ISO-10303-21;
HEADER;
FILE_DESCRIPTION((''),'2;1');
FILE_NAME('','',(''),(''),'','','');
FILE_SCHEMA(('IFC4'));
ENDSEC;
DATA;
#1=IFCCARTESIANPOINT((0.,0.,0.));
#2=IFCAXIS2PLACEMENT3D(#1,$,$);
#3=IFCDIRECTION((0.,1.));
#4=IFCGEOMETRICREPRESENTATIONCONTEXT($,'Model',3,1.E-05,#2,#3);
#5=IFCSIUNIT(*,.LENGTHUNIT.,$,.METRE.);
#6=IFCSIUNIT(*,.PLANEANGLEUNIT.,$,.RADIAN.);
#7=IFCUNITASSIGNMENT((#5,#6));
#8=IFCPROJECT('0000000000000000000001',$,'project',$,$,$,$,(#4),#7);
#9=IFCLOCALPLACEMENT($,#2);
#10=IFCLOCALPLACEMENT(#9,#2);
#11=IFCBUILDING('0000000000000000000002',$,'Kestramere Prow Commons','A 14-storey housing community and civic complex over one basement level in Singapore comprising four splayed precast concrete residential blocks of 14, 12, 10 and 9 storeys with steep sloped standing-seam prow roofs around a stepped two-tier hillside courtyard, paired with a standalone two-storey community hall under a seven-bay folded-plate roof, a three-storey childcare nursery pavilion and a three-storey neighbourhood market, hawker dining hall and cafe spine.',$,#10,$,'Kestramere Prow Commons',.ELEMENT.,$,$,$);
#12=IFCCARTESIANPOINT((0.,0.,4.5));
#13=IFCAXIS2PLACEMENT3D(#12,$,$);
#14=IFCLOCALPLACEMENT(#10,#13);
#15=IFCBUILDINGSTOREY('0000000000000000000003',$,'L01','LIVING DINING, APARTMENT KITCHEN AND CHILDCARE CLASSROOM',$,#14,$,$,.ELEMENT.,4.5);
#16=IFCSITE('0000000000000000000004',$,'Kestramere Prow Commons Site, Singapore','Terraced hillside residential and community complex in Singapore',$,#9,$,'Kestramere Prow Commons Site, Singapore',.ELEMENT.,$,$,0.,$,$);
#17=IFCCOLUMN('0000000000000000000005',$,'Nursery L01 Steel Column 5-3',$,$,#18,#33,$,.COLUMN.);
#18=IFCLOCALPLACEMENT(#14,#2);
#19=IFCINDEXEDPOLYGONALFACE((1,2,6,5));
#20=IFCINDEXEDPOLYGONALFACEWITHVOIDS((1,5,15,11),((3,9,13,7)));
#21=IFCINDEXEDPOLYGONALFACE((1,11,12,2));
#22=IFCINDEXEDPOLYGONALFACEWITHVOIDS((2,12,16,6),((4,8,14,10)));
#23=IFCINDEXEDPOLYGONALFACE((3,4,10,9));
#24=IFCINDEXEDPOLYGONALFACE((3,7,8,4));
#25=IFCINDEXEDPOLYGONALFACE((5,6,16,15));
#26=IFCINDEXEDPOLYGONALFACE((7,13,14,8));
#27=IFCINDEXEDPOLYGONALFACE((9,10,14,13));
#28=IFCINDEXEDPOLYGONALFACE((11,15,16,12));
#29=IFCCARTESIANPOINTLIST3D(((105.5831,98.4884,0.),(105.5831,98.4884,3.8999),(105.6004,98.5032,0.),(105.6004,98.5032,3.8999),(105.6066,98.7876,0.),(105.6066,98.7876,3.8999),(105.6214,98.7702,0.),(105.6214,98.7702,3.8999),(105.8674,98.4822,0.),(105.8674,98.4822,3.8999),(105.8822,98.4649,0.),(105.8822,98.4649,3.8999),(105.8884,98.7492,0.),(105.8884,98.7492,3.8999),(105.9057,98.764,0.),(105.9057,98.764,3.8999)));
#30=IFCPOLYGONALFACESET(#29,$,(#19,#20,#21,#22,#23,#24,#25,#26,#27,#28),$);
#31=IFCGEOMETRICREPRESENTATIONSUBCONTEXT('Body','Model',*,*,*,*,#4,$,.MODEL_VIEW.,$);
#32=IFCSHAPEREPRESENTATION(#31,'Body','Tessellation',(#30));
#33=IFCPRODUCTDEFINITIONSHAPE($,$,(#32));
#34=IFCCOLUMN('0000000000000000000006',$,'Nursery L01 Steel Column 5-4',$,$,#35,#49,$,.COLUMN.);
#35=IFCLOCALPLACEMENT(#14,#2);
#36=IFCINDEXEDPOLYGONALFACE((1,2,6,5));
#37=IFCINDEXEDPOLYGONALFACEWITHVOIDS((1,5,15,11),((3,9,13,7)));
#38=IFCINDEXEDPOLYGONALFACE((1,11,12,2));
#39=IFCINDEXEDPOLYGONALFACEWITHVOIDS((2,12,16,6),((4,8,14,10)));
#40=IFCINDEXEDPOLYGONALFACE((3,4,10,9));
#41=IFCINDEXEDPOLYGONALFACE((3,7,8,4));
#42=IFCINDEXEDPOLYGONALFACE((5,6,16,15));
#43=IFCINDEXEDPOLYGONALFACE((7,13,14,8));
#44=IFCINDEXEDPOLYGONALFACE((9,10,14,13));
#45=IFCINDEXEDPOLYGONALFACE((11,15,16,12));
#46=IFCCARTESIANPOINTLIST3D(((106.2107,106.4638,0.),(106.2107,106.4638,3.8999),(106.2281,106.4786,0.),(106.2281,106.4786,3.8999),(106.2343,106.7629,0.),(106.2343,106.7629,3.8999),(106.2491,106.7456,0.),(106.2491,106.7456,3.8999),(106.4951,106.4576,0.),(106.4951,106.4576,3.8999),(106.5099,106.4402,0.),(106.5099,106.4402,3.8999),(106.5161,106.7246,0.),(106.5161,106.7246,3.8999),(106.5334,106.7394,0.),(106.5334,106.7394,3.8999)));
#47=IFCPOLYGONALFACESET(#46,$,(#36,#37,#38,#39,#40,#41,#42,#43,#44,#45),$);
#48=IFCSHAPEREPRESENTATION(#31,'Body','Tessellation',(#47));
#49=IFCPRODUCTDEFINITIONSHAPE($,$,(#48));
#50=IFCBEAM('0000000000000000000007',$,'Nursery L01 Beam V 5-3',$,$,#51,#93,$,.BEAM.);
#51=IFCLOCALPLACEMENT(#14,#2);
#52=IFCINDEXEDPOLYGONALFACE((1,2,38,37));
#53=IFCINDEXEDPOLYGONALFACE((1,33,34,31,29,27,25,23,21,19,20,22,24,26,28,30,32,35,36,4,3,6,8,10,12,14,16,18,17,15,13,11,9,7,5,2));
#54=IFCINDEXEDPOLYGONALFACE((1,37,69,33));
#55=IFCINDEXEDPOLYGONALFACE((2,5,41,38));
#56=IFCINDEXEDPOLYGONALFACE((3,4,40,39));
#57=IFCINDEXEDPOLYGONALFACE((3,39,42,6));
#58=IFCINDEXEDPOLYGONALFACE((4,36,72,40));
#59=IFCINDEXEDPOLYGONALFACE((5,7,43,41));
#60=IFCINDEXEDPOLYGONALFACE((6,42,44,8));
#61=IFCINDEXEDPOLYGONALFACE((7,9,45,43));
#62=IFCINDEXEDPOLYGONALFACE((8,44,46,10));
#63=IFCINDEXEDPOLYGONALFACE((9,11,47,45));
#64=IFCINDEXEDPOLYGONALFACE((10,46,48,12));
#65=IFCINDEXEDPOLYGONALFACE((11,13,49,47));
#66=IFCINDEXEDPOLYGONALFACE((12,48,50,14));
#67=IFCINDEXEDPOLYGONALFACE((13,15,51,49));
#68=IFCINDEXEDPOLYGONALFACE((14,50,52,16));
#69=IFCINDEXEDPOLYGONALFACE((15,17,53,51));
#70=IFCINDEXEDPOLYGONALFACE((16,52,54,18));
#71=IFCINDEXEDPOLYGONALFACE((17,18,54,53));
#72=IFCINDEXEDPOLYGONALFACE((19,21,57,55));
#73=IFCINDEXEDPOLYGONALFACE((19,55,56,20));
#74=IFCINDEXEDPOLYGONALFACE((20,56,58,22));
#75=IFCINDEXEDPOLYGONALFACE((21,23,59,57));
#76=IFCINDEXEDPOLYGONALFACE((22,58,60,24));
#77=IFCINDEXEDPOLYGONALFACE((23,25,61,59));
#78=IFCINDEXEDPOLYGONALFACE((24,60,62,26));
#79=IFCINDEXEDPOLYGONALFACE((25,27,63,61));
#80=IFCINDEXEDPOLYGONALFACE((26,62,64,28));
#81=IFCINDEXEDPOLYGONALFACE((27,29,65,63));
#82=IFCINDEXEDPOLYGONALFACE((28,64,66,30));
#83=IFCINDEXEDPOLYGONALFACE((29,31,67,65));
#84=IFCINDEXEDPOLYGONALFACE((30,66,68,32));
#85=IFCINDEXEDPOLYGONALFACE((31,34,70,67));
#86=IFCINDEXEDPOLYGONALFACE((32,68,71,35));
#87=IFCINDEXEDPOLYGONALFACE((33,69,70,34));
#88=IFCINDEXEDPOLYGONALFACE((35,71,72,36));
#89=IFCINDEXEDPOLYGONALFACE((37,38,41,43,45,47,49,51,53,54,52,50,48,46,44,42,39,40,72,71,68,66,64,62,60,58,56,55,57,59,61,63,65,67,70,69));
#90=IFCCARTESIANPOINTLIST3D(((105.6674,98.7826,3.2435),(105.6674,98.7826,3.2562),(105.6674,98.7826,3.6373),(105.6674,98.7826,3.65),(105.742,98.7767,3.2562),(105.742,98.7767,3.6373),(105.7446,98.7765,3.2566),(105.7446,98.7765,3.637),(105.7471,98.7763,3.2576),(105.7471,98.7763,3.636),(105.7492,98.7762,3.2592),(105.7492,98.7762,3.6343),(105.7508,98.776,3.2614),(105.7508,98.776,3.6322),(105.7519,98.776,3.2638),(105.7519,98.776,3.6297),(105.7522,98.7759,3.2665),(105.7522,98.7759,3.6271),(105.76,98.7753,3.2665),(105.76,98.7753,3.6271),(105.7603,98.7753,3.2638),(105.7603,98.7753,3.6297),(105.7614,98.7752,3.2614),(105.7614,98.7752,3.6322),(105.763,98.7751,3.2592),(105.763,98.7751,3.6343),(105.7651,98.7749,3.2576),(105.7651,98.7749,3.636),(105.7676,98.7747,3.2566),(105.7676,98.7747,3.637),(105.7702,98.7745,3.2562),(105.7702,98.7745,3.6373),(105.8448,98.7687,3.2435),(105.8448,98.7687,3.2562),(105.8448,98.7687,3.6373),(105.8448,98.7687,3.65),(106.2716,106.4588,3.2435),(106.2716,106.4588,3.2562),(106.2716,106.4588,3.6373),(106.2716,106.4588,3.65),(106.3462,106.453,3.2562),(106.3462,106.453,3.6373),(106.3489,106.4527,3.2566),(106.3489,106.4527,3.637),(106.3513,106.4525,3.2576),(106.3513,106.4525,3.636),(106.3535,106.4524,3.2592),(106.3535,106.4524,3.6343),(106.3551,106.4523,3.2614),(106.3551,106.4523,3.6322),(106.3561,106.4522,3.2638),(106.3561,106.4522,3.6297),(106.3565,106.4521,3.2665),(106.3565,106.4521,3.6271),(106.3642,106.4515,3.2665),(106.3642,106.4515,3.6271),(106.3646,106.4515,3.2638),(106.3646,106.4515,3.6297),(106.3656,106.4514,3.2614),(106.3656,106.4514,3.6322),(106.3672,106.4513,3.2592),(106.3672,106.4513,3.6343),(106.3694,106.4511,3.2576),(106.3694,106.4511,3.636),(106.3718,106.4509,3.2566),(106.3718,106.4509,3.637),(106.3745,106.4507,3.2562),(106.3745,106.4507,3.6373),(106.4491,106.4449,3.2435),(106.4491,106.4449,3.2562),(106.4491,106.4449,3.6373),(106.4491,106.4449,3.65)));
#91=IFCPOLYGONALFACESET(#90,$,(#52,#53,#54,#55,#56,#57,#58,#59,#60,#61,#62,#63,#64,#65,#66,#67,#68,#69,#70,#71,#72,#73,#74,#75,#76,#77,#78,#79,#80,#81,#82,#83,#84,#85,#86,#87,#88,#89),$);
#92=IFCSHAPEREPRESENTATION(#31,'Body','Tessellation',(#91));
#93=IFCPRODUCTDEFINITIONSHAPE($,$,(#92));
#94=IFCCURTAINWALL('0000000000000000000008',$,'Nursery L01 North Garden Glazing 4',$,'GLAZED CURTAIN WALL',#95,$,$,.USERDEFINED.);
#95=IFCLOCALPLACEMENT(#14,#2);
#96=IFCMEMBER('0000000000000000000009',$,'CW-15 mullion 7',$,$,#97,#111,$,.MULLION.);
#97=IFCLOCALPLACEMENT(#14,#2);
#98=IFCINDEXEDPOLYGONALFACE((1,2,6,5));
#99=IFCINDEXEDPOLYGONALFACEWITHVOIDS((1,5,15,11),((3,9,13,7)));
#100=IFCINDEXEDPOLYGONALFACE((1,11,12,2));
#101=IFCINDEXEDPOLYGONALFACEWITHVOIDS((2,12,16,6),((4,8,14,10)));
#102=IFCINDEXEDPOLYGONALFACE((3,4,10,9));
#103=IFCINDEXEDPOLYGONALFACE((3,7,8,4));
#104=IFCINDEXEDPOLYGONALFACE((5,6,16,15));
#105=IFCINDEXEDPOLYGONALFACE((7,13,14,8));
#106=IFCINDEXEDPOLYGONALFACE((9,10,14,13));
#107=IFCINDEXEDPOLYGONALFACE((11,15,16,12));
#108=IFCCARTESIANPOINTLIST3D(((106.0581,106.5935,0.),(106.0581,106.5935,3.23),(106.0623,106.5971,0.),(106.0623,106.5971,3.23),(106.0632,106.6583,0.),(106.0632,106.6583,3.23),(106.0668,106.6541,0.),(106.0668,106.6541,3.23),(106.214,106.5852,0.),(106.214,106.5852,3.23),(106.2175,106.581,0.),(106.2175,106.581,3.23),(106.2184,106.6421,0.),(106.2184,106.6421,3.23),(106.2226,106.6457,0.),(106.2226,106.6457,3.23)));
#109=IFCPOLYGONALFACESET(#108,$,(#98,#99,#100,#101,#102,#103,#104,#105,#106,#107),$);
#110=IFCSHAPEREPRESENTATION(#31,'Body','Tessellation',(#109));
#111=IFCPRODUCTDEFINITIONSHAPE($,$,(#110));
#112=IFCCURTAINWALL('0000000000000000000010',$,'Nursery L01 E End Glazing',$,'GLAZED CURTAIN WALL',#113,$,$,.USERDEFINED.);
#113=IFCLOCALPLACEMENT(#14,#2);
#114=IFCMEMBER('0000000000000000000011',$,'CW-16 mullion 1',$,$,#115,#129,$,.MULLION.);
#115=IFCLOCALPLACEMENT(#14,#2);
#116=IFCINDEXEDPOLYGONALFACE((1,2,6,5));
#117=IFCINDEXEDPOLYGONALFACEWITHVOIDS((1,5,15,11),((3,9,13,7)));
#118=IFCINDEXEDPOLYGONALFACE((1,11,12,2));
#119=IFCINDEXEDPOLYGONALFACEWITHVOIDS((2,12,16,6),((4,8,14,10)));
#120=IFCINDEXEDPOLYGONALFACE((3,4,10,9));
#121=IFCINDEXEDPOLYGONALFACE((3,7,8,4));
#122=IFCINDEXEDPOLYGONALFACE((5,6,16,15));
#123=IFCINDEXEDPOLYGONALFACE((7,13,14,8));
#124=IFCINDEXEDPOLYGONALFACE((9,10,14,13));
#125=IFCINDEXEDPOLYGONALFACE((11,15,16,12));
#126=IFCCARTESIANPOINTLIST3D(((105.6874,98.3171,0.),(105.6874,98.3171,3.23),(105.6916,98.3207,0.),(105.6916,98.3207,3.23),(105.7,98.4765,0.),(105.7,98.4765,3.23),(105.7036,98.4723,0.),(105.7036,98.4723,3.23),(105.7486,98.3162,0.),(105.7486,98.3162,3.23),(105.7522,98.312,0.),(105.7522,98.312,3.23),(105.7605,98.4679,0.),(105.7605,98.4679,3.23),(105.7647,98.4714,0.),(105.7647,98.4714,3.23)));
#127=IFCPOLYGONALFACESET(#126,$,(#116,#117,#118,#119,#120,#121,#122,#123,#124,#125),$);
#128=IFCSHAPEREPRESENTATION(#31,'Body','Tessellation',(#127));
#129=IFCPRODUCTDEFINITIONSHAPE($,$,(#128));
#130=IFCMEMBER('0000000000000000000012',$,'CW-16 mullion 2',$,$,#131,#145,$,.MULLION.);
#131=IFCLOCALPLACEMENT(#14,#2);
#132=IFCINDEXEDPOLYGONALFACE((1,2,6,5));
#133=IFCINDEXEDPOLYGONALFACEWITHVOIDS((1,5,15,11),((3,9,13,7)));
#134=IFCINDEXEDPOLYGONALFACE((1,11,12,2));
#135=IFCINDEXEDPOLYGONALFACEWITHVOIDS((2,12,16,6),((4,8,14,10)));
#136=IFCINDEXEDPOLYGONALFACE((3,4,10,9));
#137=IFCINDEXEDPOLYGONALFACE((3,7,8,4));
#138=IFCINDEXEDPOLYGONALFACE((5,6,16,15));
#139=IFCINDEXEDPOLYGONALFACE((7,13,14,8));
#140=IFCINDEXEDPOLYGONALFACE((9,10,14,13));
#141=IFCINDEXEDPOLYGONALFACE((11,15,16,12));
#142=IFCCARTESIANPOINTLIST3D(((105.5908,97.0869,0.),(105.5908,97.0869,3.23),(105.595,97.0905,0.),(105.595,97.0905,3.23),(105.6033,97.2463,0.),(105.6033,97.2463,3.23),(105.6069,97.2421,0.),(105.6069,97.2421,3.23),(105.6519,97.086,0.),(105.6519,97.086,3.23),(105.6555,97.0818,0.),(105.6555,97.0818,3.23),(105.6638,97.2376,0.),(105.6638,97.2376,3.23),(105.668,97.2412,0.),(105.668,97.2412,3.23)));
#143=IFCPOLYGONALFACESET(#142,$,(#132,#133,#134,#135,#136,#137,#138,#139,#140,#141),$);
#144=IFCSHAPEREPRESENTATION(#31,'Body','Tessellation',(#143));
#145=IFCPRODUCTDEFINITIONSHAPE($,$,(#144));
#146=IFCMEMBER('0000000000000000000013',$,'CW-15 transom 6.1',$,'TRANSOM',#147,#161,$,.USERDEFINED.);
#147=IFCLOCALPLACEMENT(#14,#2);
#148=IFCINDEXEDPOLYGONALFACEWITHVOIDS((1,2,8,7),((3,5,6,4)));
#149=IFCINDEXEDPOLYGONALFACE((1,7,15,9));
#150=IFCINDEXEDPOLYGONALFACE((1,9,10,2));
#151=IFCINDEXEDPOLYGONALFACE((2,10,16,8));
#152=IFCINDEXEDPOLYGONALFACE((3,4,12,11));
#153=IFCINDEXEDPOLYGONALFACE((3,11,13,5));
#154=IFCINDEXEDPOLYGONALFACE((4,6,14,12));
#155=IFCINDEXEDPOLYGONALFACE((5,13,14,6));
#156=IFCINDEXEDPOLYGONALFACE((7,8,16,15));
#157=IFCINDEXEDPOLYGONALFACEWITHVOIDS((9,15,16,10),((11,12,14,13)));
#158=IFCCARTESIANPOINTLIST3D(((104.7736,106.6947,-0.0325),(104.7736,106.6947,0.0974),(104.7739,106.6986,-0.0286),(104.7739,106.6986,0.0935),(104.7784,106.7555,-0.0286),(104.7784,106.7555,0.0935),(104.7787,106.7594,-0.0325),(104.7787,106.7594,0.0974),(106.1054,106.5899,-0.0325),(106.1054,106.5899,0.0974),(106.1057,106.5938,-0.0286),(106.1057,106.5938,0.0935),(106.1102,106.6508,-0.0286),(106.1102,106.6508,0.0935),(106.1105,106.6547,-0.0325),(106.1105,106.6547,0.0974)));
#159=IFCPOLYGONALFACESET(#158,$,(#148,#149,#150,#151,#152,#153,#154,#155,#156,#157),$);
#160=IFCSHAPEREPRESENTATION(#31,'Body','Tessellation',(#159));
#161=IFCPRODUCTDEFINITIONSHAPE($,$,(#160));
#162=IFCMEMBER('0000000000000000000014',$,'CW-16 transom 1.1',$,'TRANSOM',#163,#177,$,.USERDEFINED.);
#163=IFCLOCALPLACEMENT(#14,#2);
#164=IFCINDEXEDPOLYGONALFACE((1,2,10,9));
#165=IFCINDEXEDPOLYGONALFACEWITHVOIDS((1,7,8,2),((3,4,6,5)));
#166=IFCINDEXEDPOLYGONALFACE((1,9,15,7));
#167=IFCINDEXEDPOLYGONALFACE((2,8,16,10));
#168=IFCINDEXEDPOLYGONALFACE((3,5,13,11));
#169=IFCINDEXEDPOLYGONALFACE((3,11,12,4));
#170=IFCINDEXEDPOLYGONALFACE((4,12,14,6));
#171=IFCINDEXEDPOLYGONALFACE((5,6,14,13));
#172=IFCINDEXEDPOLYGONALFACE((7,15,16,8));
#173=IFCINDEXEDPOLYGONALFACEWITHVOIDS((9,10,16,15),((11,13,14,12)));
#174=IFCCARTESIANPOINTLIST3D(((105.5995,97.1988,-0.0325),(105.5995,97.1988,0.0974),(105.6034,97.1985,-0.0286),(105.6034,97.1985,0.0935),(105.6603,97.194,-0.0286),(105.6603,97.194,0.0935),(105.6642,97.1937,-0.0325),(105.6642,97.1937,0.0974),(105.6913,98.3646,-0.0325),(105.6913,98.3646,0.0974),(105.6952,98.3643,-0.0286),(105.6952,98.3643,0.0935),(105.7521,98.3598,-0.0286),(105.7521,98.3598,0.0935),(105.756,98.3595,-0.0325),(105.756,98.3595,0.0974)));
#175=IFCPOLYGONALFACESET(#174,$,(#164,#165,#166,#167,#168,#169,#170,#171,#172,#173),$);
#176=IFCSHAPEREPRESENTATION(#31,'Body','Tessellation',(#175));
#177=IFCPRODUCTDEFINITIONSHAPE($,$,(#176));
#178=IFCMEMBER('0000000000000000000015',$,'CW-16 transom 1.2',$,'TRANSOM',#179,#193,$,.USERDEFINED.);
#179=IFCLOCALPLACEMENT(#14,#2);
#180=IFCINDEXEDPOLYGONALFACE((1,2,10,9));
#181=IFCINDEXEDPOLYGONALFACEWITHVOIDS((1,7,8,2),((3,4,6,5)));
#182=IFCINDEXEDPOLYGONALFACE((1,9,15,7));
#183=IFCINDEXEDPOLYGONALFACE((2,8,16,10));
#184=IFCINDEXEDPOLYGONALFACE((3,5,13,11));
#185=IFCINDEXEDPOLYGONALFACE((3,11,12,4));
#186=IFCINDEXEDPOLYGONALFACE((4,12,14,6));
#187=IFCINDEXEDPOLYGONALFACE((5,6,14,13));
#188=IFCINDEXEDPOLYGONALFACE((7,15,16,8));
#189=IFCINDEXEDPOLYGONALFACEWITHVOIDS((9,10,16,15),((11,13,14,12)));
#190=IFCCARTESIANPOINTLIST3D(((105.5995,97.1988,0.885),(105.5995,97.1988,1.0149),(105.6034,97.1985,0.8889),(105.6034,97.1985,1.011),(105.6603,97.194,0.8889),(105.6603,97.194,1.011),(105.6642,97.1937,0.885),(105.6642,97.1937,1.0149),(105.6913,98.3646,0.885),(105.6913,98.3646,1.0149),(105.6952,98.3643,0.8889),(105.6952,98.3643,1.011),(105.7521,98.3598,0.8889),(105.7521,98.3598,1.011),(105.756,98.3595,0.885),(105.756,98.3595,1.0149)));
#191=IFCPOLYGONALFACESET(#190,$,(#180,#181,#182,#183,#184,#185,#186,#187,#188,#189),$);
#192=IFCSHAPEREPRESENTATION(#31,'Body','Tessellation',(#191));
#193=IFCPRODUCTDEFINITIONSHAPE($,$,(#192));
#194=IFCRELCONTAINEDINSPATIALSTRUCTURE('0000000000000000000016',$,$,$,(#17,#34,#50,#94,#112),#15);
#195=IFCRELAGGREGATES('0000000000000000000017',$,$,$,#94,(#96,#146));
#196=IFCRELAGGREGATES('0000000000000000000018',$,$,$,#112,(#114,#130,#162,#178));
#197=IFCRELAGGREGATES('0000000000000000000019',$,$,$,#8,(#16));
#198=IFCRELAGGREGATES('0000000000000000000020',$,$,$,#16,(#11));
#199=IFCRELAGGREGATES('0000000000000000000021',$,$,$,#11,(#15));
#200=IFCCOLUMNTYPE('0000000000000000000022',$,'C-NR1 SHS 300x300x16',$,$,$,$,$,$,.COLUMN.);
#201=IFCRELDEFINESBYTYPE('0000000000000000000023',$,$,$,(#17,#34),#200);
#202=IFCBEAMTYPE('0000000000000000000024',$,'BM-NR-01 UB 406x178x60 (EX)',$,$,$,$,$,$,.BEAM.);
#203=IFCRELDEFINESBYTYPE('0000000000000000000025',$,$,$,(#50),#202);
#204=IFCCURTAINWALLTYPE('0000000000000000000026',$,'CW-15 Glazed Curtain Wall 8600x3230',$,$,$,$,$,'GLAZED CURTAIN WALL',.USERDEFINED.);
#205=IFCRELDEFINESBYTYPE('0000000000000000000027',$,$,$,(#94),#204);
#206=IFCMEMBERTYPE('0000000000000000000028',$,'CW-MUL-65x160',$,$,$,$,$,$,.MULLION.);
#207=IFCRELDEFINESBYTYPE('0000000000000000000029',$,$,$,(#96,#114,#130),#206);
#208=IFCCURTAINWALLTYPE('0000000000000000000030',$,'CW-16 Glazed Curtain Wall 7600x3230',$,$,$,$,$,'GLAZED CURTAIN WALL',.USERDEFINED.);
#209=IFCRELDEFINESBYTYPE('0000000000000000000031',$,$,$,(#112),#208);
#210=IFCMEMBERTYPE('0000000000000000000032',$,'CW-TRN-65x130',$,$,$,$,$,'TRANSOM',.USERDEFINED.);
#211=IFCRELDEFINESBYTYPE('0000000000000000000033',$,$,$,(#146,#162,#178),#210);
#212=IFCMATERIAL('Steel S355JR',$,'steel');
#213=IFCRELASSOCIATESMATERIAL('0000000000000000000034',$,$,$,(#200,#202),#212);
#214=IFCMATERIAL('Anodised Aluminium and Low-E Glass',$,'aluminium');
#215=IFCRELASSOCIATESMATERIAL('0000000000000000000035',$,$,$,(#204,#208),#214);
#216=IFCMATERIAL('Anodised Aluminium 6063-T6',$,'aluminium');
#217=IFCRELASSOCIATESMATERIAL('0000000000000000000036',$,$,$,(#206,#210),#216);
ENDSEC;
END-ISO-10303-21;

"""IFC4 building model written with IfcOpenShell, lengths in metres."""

from ifc_helpers import new_model, si_unit, direction, frame, origin, origin_2d, place, context, subcontext, project, spatial, hollow_rectangle, i_section, extrude, material, material_profile, profile_set, type_object, element, aggregate, save


model = new_model("IFC4")

# Units and contexts
model_context = context("Model", 3, precision=1e-05, world=origin(), true_north=direction((0.0, 1.0)))
body_context = subcontext(model_context, "Body", "Model", "MODEL_VIEW")
ifc_project = project(units=[si_unit("LENGTHUNIT", "METRE"), si_unit("PLANEANGLEUNIT", "RADIAN")], contexts=[model_context])

# Site, building, storey
site_placement = place(None, origin())
site = spatial("IfcSite", under=ifc_project, at=site_placement, Name="Kestramere Prow Commons Site, Singapore", Description="Terraced hillside residential and community complex in Singapore", LongName="Kestramere Prow Commons Site, Singapore", CompositionType="ELEMENT", RefElevation=0.0)
building_placement = place(site_placement, origin())
building = spatial("IfcBuilding", under=site, at=building_placement, Name="Kestramere Prow Commons", Description="A 14-storey housing community and civic complex over one basement level in Singapore comprising four splayed precast concrete residential blocks of 14, 12, 10 and 9 storeys with steep sloped standing-seam prow roofs around a stepped two-tier hillside courtyard, paired with a standalone two-storey community hall under a seven-bay folded-plate roof, a three-storey childcare nursery pavilion and a three-storey neighbourhood market, hawker dining hall and cafe spine.", LongName="Kestramere Prow Commons", CompositionType="ELEMENT")
storey_placement = place(building_placement, frame((0.0, 0.0, 4.5)))
storey = spatial("IfcBuildingStorey", under=building, at=storey_placement, Name="L01", Description="LIVING DINING, APARTMENT KITCHEN AND CHILDCARE CLASSROOM", CompositionType="ELEMENT", Elevation=4.5)

# Columns
ifc_material_1 = material(Name="Steel S355JR", Category="steel")
ifc_material_profile_1 = material_profile(ifc_material_1, hollow_rectangle(XDim=0.3, YDim=0.3, WallThickness=0.0161, at=origin_2d()), Name="SHS 300x300x16")
ifc_profile_set_1 = profile_set([ifc_material_profile_1], Name="Steel S355JR")
column_type = type_object("IfcColumnType", Name="C-NR1 SHS 300x300x16", PredefinedType="COLUMN", material=ifc_profile_set_1)
for number, where, z_axis, x_axis, name in (
    (1, (105.7444, 98.6262, 0.0), (0.0, 0.0, 1.0), (0.996917, -0.078459, 0.0), "Nursery L01 Steel Column 5-3"),
    (2, (106.3721, 106.6016, 0.0), (0.0, 0.0, 1.0), (0.996917, -0.078459, 0.0), "Nursery L01 Steel Column 5-4"),
):
    element("IfcColumn", number, at=place(storey_placement, frame(where, z_axis=z_axis, x_axis=x_axis)), inside=storey, type_object=column_type, Name=name, PredefinedType="COLUMN", context=body_context, shape_type="SweptSolid", body=[
        extrude(hollow_rectangle(XDim=0.3, YDim=0.3, WallThickness=0.0161, at=origin_2d()), origin(), (0.0, 0.0, 1.0), 3.8999),
    ])

# Beam
ifc_material_profile_2 = material_profile(ifc_material_1, i_section(OverallWidth=0.178, OverallDepth=0.4065, WebThickness=0.0078, FlangeThickness=0.0127, FilletRadius=0.0103, at=origin_2d()), Name="UB 406x178x60")
ifc_profile_set_2 = profile_set([ifc_material_profile_2], Name="Steel S355JR")
beam_type = type_object("IfcBeamType", Name="BM-NR-01 UB 406x178x60 (EX)", PredefinedType="BEAM", material=ifc_profile_set_2)
beam_placement = place(storey_placement, frame((105.7561, 98.7756, 3.4468), z_axis=(0.078474, 0.996916, 0.0), x_axis=(-0.996916, 0.078474, 0.0)))
element("IfcBeam", 3, at=beam_placement, inside=storey, type_object=beam_type, Name="Nursery L01 Beam V 5-3", PredefinedType="BEAM", context=body_context, shape_type="SweptSolid", body=[
    extrude(i_section(OverallWidth=0.178, OverallDepth=0.4065, WebThickness=0.0078, FlangeThickness=0.0127, FilletRadius=0.0103, at=origin_2d()), origin(), (0.0, 0.0, 1.0), 7.7),
])

# Curtain wall, member
ifc_material_2 = material(Name="Anodised Aluminium and Low-E Glass", Category="aluminium")
curtain_wall_type_1 = type_object("IfcCurtainWallType", Name="CW-15 Glazed Curtain Wall 8600x3230", ElementType="GLAZED CURTAIN WALL", PredefinedType="USERDEFINED", material=ifc_material_2)
curtain_wall_1_placement = place(storey_placement, origin())
curtain_wall_1 = element("IfcCurtainWall", 4, at=curtain_wall_1_placement, inside=storey, type_object=curtain_wall_type_1, Name="Nursery L01 North Garden Glazing 4", ObjectType="GLAZED CURTAIN WALL", PredefinedType="USERDEFINED")
ifc_material_3 = material(Name="Anodised Aluminium 6063-T6", Category="aluminium")
ifc_material_profile_3 = material_profile(ifc_material_3, hollow_rectangle(XDim=0.0649, YDim=0.1599, WallThickness=0.0039, at=origin_2d()), Name="ALU-MUL 65x160")
ifc_profile_set_3 = profile_set([ifc_material_profile_3], Name="Anodised Aluminium 6063-T6")
member_type_1 = type_object("IfcMemberType", Name="CW-MUL-65x160", PredefinedType="MULLION", material=ifc_profile_set_3)
member_1_placement = place(storey_placement, frame((106.1404, 106.6196, 0.0), z_axis=(0.0, 0.0, 1.0), x_axis=(0.078459, 0.996917, 0.0)))
member_1 = element("IfcMember", 5, at=member_1_placement, type_object=member_type_1, Name="CW-15 mullion 7", PredefinedType="MULLION", context=body_context, shape_type="SweptSolid", body=[
    extrude(hollow_rectangle(XDim=0.0649, YDim=0.1599, WallThickness=0.0039, at=origin_2d()), origin(), (0.0, 0.0, 1.0), 3.23),
])

# Curtain wall, members
curtain_wall_type_2 = type_object("IfcCurtainWallType", Name="CW-16 Glazed Curtain Wall 7600x3230", ElementType="GLAZED CURTAIN WALL", PredefinedType="USERDEFINED", material=ifc_material_2)
curtain_wall_2_placement = place(storey_placement, origin())
curtain_wall_2 = element("IfcCurtainWall", 6, at=curtain_wall_2_placement, inside=storey, type_object=curtain_wall_type_2, Name="Nursery L01 E End Glazing", ObjectType="GLAZED CURTAIN WALL", PredefinedType="USERDEFINED")
member_2_placement = place(storey_placement, frame((105.7261, 98.3943, 0.0), z_axis=(0.0, 0.0, 1.0), x_axis=(0.996917, -0.078459, 0.0)))
member_2 = element("IfcMember", 7, at=member_2_placement, type_object=member_type_1, Name="CW-16 mullion 1", PredefinedType="MULLION", context=body_context, shape_type="SweptSolid", body=[
    extrude(hollow_rectangle(XDim=0.0649, YDim=0.1599, WallThickness=0.0039, at=origin_2d()), origin(), (0.0, 0.0, 1.0), 3.23),
])
member_3_placement = place(storey_placement, frame((105.6294, 97.1641, 0.0), z_axis=(0.0, 0.0, 1.0), x_axis=(0.996917, -0.078459, 0.0)))
member_3 = element("IfcMember", 8, at=member_3_placement, type_object=member_type_1, Name="CW-16 mullion 2", PredefinedType="MULLION", context=body_context, shape_type="SweptSolid", body=[
    extrude(hollow_rectangle(XDim=0.0649, YDim=0.1599, WallThickness=0.0039, at=origin_2d()), origin(), (0.0, 0.0, 1.0), 3.23),
])

# Members
ifc_material_profile_4 = material_profile(ifc_material_3, hollow_rectangle(XDim=0.0649, YDim=0.1299, WallThickness=0.0039, at=origin_2d()), Name="ALU-TRN 65x130")
ifc_profile_set_4 = profile_set([ifc_material_profile_4], Name="Anodised Aluminium 6063-T6")
member_type_2 = type_object("IfcMemberType", Name="CW-TRN-65x130", ElementType="TRANSOM", PredefinedType="USERDEFINED", material=ifc_profile_set_4)
member_4_placement = place(storey_placement, frame((104.7761, 106.7271, 0.0325), z_axis=(0.996922, -0.078401, 0.0), x_axis=(0.078401, 0.996922, 0.0)))
member_4 = element("IfcMember", 9, at=member_4_placement, type_object=member_type_2, Name="CW-15 transom 6.1", ObjectType="TRANSOM", PredefinedType="USERDEFINED", context=body_context, shape_type="SweptSolid", body=[
    extrude(hollow_rectangle(XDim=0.0649, YDim=0.1299, WallThickness=0.0039, at=origin_2d()), origin(), (0.0, 0.0, 1.0), 1.3359),
])
member_5_placement = place(storey_placement, frame((105.7236, 98.3621, 0.0325), z_axis=(-0.0785, -0.996914, 0.0), x_axis=(0.996914, -0.0785, 0.0)))
member_5 = element("IfcMember", 10, at=member_5_placement, type_object=member_type_2, Name="CW-16 transom 1.1", ObjectType="TRANSOM", PredefinedType="USERDEFINED", context=body_context, shape_type="SweptSolid", body=[
    extrude(hollow_rectangle(XDim=0.0649, YDim=0.1299, WallThickness=0.0039, at=origin_2d()), origin(), (0.0, 0.0, 1.0), 1.1694),
])
member_6_placement = place(storey_placement, frame((105.7236, 98.3621, 0.95), z_axis=(-0.0785, -0.996914, 0.0), x_axis=(0.996914, -0.0785, 0.0)))
member_6 = element("IfcMember", 11, at=member_6_placement, type_object=member_type_2, Name="CW-16 transom 1.2", ObjectType="TRANSOM", PredefinedType="USERDEFINED", context=body_context, shape_type="SweptSolid", body=[
    extrude(hollow_rectangle(XDim=0.0649, YDim=0.1299, WallThickness=0.0039, at=origin_2d()), origin(), (0.0, 0.0, 1.0), 1.1694),
])

aggregate(curtain_wall_1, [member_1, member_4])
aggregate(curtain_wall_2, [member_2, member_3, member_5, member_6])

save(model, "model.ifc")
